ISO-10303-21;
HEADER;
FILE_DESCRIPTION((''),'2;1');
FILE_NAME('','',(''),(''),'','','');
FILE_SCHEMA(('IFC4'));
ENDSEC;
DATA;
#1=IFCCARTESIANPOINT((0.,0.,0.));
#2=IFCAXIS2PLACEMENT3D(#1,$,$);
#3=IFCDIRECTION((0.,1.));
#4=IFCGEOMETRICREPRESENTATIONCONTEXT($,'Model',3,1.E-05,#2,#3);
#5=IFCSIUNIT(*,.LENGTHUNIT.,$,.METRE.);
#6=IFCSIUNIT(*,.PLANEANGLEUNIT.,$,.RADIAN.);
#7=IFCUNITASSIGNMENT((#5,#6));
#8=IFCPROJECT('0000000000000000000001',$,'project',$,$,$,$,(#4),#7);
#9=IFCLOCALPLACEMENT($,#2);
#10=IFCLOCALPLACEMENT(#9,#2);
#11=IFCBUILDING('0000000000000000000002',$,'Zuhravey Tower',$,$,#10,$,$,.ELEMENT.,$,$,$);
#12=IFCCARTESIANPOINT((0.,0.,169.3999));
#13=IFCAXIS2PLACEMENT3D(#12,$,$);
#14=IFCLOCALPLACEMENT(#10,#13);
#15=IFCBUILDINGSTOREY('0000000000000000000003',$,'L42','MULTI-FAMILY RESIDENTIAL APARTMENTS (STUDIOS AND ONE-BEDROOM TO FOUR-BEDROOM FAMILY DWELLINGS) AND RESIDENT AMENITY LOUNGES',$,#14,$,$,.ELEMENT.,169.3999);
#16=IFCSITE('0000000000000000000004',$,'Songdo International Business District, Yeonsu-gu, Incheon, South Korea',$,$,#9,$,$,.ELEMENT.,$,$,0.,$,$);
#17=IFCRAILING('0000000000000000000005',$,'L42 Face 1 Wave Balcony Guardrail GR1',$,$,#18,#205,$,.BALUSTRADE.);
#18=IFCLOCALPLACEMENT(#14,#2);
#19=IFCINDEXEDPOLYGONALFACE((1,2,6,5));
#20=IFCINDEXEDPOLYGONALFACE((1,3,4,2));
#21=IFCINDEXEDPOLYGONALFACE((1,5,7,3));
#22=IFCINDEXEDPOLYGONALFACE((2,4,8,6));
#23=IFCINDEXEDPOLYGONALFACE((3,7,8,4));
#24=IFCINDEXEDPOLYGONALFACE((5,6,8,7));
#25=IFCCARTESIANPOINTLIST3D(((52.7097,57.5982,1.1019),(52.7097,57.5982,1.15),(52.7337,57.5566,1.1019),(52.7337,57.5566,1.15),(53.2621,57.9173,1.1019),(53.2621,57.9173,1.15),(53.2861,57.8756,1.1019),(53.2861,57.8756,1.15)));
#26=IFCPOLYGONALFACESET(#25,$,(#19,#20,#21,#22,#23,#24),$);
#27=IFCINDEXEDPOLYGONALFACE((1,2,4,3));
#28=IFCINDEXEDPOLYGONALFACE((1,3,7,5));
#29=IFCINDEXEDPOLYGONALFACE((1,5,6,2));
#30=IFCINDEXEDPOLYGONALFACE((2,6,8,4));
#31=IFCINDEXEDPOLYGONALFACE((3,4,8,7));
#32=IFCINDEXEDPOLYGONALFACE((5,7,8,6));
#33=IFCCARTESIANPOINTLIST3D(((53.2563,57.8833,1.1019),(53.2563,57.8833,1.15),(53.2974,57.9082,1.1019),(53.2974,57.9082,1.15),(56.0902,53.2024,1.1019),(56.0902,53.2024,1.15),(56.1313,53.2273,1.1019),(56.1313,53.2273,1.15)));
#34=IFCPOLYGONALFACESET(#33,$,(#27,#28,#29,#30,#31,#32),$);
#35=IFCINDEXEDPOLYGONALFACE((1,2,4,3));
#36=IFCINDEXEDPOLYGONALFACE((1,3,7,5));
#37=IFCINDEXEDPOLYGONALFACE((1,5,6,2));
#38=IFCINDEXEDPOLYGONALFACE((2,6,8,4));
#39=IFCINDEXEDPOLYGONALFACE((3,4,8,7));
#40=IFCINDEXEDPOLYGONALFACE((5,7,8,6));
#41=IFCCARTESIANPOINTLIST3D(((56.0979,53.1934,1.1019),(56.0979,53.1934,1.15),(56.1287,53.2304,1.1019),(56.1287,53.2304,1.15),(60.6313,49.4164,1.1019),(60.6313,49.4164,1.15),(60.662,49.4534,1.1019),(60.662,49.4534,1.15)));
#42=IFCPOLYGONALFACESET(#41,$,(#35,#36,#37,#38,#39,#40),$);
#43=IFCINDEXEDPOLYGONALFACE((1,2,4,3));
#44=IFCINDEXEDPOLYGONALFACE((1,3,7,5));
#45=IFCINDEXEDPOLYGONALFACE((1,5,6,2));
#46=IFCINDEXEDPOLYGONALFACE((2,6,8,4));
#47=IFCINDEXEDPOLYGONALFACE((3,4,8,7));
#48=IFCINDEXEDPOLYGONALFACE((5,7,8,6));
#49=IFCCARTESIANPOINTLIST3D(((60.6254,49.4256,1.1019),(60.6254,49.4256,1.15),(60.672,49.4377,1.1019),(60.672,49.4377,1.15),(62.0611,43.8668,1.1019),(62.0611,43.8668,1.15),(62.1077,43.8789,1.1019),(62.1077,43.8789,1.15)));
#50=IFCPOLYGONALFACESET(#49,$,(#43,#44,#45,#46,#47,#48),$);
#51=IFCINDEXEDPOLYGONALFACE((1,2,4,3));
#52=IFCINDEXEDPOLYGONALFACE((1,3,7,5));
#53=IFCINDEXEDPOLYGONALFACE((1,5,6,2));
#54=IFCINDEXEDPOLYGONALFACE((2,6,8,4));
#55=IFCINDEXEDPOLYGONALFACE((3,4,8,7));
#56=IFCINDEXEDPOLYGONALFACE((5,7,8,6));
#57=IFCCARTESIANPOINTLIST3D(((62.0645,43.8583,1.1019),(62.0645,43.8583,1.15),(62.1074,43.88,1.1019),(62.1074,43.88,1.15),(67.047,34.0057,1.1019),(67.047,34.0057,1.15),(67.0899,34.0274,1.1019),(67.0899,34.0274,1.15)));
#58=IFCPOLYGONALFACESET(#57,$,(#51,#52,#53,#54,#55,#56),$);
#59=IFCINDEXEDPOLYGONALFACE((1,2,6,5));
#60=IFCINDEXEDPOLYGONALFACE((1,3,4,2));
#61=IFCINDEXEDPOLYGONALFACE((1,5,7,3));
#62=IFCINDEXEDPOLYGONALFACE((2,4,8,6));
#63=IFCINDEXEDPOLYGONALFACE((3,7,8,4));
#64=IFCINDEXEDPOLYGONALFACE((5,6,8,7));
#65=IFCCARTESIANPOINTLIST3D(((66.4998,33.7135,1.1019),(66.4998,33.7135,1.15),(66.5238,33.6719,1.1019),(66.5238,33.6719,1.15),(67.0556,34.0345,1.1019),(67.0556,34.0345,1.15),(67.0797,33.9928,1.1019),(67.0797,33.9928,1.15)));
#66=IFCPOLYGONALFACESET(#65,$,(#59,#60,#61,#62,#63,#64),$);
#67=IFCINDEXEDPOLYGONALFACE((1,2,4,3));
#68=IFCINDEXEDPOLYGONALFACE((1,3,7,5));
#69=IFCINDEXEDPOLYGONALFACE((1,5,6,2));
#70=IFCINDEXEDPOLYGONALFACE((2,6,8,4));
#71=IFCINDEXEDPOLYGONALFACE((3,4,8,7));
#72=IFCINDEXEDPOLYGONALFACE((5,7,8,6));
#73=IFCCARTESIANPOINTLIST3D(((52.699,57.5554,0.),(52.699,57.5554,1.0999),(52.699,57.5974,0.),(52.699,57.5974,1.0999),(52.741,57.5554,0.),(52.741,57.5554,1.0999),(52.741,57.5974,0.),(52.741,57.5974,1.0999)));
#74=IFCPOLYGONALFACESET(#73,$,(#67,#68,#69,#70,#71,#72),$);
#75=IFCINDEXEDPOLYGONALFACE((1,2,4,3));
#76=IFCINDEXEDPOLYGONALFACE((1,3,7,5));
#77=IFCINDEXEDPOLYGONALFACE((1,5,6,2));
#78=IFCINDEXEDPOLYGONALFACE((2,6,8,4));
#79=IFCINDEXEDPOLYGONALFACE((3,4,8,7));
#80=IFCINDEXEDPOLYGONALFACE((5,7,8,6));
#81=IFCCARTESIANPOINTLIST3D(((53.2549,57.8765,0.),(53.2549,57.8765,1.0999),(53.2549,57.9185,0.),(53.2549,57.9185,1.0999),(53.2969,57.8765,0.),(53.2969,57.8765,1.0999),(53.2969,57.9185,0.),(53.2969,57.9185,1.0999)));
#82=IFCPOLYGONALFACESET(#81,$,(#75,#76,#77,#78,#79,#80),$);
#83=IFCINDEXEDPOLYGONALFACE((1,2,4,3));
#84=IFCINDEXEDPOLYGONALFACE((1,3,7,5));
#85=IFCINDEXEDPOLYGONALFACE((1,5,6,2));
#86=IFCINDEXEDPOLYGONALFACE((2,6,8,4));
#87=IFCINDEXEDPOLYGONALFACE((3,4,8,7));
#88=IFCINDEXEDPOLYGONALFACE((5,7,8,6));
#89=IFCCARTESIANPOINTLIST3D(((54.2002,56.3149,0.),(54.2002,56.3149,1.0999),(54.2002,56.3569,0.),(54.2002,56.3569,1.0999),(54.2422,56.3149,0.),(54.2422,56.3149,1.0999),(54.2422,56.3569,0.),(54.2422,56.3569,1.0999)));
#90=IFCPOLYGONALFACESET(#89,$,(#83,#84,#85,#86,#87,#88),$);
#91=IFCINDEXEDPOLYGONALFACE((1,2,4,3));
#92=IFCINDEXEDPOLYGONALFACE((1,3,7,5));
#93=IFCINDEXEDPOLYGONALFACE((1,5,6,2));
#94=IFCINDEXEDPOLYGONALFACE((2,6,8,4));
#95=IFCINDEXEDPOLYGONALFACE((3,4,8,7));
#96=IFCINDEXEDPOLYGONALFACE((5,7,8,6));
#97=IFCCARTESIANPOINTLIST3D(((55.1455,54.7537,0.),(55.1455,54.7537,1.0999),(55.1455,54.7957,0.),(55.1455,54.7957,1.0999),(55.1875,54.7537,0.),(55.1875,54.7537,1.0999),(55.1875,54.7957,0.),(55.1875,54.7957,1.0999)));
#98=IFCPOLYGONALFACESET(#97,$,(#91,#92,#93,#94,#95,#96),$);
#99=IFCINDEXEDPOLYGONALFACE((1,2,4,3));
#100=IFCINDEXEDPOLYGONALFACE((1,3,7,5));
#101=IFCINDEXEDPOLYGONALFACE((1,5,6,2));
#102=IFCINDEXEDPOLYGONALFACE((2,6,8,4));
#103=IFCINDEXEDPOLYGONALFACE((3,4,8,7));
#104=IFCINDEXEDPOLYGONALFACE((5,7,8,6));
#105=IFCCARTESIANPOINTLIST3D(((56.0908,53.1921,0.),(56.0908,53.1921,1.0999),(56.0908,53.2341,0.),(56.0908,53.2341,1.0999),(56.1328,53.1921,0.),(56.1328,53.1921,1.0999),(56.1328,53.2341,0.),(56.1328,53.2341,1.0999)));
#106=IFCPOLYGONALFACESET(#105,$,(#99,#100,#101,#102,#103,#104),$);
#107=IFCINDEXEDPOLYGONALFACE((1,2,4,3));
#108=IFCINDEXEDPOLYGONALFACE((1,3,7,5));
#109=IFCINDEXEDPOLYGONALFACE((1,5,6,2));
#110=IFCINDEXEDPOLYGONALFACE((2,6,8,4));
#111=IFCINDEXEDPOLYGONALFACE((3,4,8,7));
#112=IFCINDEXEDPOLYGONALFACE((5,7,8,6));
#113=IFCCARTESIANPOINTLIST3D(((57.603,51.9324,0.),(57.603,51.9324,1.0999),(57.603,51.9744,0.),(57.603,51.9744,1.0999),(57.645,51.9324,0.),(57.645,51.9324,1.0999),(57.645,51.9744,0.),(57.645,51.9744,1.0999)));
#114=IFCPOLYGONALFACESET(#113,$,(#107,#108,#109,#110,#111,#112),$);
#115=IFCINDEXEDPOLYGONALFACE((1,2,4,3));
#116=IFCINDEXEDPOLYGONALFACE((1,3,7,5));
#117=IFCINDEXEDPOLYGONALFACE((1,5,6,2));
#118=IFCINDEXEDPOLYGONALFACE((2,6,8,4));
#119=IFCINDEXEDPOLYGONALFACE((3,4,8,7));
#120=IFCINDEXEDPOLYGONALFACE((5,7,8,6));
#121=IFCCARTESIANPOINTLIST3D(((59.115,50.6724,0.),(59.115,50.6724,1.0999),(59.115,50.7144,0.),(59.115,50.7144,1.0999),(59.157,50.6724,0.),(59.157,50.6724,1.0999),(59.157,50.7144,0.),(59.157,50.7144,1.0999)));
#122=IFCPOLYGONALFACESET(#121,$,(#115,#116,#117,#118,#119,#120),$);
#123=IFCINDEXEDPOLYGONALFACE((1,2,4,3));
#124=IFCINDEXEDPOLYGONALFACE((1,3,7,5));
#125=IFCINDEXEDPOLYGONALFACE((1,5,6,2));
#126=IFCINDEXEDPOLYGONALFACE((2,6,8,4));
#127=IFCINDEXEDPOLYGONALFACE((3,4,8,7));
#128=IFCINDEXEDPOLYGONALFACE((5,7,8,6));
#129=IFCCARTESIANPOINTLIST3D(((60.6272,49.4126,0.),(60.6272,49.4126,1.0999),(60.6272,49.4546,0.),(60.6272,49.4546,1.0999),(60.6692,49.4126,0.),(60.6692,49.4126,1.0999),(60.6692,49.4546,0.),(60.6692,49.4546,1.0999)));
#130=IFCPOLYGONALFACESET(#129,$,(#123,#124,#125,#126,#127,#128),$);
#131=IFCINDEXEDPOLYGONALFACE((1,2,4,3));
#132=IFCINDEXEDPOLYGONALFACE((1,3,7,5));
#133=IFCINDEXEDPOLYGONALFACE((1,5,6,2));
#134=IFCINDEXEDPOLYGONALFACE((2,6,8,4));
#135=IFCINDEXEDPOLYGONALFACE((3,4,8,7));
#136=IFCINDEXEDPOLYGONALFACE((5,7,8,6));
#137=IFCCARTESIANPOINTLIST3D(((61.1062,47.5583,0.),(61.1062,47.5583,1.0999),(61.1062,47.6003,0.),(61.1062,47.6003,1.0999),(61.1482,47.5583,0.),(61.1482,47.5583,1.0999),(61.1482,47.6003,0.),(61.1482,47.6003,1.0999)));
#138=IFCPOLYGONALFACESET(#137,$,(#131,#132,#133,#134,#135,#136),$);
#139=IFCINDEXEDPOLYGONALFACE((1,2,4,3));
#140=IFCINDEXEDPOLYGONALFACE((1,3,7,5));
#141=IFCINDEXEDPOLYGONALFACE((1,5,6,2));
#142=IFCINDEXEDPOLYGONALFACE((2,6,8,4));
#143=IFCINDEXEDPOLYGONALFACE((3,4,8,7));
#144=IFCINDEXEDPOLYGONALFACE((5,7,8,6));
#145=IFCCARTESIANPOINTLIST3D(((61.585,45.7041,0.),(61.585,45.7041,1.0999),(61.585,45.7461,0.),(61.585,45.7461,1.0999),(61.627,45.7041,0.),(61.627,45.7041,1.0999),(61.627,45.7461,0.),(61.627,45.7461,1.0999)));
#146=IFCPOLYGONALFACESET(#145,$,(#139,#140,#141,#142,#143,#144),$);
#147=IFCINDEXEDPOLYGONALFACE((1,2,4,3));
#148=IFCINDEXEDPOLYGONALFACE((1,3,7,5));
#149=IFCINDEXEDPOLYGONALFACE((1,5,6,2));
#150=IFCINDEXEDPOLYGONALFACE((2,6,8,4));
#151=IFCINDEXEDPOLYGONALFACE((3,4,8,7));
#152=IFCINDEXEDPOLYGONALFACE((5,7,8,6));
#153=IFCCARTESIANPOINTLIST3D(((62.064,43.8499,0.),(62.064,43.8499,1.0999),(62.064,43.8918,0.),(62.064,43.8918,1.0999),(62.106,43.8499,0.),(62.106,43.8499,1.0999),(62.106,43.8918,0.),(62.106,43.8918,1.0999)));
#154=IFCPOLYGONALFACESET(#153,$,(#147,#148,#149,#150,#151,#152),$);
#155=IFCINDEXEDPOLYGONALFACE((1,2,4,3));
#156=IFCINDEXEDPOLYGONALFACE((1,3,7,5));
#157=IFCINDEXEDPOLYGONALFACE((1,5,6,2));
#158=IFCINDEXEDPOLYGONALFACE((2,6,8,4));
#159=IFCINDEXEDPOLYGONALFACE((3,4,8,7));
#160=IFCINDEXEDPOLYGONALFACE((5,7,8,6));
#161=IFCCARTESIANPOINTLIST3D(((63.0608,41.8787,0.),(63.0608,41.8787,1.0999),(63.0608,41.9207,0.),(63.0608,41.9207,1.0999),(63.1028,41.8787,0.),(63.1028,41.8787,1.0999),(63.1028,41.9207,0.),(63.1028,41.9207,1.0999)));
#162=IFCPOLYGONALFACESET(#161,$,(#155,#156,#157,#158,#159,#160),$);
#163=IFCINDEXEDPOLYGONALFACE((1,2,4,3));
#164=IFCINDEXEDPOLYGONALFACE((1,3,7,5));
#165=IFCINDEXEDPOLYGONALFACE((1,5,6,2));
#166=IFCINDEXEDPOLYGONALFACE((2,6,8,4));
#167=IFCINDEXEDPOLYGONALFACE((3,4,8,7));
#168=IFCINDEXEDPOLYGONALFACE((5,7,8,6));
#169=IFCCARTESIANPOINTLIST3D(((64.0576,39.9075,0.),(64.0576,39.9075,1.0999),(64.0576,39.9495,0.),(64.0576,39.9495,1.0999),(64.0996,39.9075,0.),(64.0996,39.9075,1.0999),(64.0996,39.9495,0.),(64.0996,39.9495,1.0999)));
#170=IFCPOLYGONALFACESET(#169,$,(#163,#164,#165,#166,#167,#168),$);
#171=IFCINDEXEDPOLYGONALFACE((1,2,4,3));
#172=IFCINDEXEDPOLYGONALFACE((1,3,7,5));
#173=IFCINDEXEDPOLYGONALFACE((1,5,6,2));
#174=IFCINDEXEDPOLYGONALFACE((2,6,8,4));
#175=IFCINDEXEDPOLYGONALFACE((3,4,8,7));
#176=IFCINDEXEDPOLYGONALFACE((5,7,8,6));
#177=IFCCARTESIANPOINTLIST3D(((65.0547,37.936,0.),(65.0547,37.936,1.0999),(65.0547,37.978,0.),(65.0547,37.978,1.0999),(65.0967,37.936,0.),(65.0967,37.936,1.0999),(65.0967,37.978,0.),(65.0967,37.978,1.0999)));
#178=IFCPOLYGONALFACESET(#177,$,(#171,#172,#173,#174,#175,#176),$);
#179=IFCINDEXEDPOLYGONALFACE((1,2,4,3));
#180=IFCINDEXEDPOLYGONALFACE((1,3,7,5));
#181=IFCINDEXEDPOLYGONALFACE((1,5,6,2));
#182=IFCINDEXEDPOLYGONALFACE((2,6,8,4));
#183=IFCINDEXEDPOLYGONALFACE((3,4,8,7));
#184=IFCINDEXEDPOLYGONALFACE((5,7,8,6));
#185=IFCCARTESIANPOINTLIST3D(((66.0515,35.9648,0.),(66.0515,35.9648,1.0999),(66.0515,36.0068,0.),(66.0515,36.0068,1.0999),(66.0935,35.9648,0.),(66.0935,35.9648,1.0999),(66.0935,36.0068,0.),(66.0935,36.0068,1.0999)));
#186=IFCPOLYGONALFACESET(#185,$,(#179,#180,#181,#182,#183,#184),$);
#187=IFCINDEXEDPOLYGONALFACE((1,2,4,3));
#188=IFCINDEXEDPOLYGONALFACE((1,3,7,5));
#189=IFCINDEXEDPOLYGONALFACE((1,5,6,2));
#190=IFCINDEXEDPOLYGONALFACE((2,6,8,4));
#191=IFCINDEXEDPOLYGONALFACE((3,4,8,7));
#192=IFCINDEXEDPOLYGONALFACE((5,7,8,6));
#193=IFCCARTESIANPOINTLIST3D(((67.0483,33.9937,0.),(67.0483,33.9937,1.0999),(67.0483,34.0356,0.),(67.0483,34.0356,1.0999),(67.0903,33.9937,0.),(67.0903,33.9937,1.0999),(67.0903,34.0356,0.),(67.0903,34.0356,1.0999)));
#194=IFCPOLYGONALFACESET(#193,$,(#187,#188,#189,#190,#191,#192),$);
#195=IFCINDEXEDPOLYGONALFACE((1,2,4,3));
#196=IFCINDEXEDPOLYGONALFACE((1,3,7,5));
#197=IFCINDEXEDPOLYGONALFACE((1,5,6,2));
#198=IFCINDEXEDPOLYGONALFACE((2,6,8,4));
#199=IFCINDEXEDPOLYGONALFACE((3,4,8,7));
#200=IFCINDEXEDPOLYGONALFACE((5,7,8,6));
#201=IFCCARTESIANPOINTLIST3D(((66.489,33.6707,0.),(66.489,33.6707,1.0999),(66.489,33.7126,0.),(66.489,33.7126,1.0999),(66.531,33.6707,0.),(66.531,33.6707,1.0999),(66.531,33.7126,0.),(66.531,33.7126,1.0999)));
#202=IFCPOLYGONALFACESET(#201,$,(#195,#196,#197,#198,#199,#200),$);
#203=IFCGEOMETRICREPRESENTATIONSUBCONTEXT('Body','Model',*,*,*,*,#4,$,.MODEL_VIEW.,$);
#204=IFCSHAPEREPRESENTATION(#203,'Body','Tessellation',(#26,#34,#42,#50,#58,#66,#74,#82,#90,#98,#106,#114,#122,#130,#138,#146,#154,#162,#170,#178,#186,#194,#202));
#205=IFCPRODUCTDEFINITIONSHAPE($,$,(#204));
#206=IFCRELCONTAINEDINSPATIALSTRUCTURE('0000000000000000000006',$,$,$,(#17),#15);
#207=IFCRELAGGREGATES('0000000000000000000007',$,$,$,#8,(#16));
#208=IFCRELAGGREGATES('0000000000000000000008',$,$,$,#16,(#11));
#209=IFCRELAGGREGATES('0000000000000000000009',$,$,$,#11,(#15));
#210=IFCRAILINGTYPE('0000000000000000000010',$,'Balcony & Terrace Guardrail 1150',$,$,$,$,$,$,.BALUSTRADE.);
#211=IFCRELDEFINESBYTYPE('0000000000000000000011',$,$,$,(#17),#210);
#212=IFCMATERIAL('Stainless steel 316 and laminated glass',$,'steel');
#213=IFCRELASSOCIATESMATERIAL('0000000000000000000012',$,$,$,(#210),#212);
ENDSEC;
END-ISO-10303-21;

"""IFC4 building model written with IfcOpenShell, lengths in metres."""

from ifc_helpers import new_model, si_unit, direction, frame, origin, origin_2d, place, context, subcontext, project, spatial, rectangle, extrude, material, type_object, element, save


model = new_model("IFC4")

# Units and contexts
model_context = context("Model", 3, precision=1e-05, world=origin(), true_north=direction((0.0, 1.0)))
body_context = subcontext(model_context, "Body", "Model", "MODEL_VIEW")
ifc_project = project(units=[si_unit("LENGTHUNIT", "METRE"), si_unit("PLANEANGLEUNIT", "RADIAN")], contexts=[model_context])

# Site, building, storey
site_placement = place(None, origin())
site = spatial("IfcSite", under=ifc_project, at=site_placement, Name="Songdo International Business District, Yeonsu-gu, Incheon, South Korea", CompositionType="ELEMENT", RefElevation=0.0)
building_placement = place(site_placement, origin())
building = spatial("IfcBuilding", under=site, at=building_placement, Name="Zuhravey Tower", CompositionType="ELEMENT")
storey_placement = place(building_placement, frame((0.0, 0.0, 169.3999)))
storey = spatial("IfcBuildingStorey", under=building, at=storey_placement, Name="L42", Description="MULTI-FAMILY RESIDENTIAL APARTMENTS (STUDIOS AND ONE-BEDROOM TO FOUR-BEDROOM FAMILY DWELLINGS) AND RESIDENT AMENITY LOUNGES", CompositionType="ELEMENT", Elevation=169.3999)

# Railing
ifc_material_1 = material(Name="Stainless steel 316 and laminated glass", Category="steel")
railing_type = type_object("IfcRailingType", Name="Balcony & Terrace Guardrail 1150", PredefinedType="BALUSTRADE", material=ifc_material_1)
railing_placement = place(storey_placement, frame((52.72, 57.5764, 0.0)))
element("IfcRailing", 1, at=railing_placement, inside=storey, type_object=railing_type, Name="L42 Face 1 Wave Balcony Guardrail GR1", PredefinedType="BALUSTRADE", context=body_context, shape_type="SweptSolid", body=[
    extrude(rectangle(XDim=0.0481, YDim=0.0481, at=origin_2d()), frame((0.0017, 0.001, 1.126), z_axis=(0.865964, 0.500107, 0.0), x_axis=(-0.500107, 0.865964, 0.0)), (0.0, 0.0, 1.0), 0.6379),
    extrude(rectangle(XDim=0.0481, YDim=0.0481, at=origin_2d()), frame((0.5569, 0.3193, 1.126), z_axis=(0.517895, -0.855444, 0.0), x_axis=(0.855444, 0.517895, 0.0)), (0.0, 0.0, 1.0), 5.4719),
    extrude(rectangle(XDim=0.0481, YDim=0.0481, at=origin_2d()), frame((3.3933, -4.3645, 1.126), z_axis=(0.768286, -0.640107, 0.0), x_axis=(0.640107, 0.768286, 0.0)), (0.0, 0.0, 1.0), 5.9006),
    extrude(rectangle(XDim=0.0481, YDim=0.0481, at=origin_2d()), frame((7.9287, -8.1448, 1.126), z_axis=(0.250077, -0.968226, 0.0), x_axis=(0.968226, 0.250077, 0.0)), (0.0, 0.0, 1.0), 5.7412),
    extrude(rectangle(XDim=0.0481, YDim=0.0481, at=origin_2d()), frame((9.366, -13.7073, 1.126), z_axis=(0.451285, -0.89238, 0.0), x_axis=(0.89238, 0.451285, 0.0)), (0.0, 0.0, 1.0), 11.0408),
    extrude(rectangle(XDim=0.0481, YDim=0.0481, at=origin_2d()), frame((14.3477, -23.5627, 1.126), z_axis=(-0.865978, -0.500082, 0.0), x_axis=(0.500082, -0.865978, 0.0)), (0.0, 0.0, 1.0), 0.6418),
    extrude(rectangle(XDim=0.042, YDim=0.042, at=origin_2d()), origin(), (0.0, 0.0, 1.0), 1.0999),
    extrude(rectangle(XDim=0.042, YDim=0.042, at=origin_2d()), frame((0.5559, 0.321, 0.0)), (0.0, 0.0, 1.0), 1.0999),
    extrude(rectangle(XDim=0.042, YDim=0.042, at=origin_2d()), frame((1.5012, -1.2405, 0.0)), (0.0, 0.0, 1.0), 1.0999),
    extrude(rectangle(XDim=0.042, YDim=0.042, at=origin_2d()), frame((2.4465, -2.8018, 0.0)), (0.0, 0.0, 1.0), 1.0999),
    extrude(rectangle(XDim=0.042, YDim=0.042, at=origin_2d()), frame((3.3918, -4.3633, 0.0)), (0.0, 0.0, 1.0), 1.0999),
    extrude(rectangle(XDim=0.042, YDim=0.042, at=origin_2d()), frame((4.9041, -5.623, 0.0)), (0.0, 0.0, 1.0), 1.0999),
    extrude(rectangle(XDim=0.042, YDim=0.042, at=origin_2d()), frame((6.416, -6.8831, 0.0)), (0.0, 0.0, 1.0), 1.0999),
    extrude(rectangle(XDim=0.042, YDim=0.042, at=origin_2d()), frame((7.9282, -8.1428, 0.0)), (0.0, 0.0, 1.0), 1.0999),
    extrude(rectangle(XDim=0.042, YDim=0.042, at=origin_2d()), frame((8.4072, -9.9971, 0.0)), (0.0, 0.0, 1.0), 1.0999),
    extrude(rectangle(XDim=0.042, YDim=0.042, at=origin_2d()), frame((8.886, -11.8513, 0.0)), (0.0, 0.0, 1.0), 1.0999),
    extrude(rectangle(XDim=0.042, YDim=0.042, at=origin_2d()), frame((9.365, -13.7056, 0.0)), (0.0, 0.0, 1.0), 1.0999),
    extrude(rectangle(XDim=0.042, YDim=0.042, at=origin_2d()), frame((10.3618, -15.6768, 0.0)), (0.0, 0.0, 1.0), 1.0999),
    extrude(rectangle(XDim=0.042, YDim=0.042, at=origin_2d()), frame((11.3586, -17.6479, 0.0)), (0.0, 0.0, 1.0), 1.0999),
    extrude(rectangle(XDim=0.042, YDim=0.042, at=origin_2d()), frame((12.3557, -19.6194, 0.0)), (0.0, 0.0, 1.0), 1.0999),
    extrude(rectangle(XDim=0.042, YDim=0.042, at=origin_2d()), frame((13.3525, -21.5906, 0.0)), (0.0, 0.0, 1.0), 1.0999),
    extrude(rectangle(XDim=0.042, YDim=0.042, at=origin_2d()), frame((14.3494, -23.5618, 0.0)), (0.0, 0.0, 1.0), 1.0999),
    extrude(rectangle(XDim=0.042, YDim=0.042, at=origin_2d()), frame((13.79, -23.8848, 0.0)), (0.0, 0.0, 1.0), 1.0999),
])

save(model, "model.ifc")
